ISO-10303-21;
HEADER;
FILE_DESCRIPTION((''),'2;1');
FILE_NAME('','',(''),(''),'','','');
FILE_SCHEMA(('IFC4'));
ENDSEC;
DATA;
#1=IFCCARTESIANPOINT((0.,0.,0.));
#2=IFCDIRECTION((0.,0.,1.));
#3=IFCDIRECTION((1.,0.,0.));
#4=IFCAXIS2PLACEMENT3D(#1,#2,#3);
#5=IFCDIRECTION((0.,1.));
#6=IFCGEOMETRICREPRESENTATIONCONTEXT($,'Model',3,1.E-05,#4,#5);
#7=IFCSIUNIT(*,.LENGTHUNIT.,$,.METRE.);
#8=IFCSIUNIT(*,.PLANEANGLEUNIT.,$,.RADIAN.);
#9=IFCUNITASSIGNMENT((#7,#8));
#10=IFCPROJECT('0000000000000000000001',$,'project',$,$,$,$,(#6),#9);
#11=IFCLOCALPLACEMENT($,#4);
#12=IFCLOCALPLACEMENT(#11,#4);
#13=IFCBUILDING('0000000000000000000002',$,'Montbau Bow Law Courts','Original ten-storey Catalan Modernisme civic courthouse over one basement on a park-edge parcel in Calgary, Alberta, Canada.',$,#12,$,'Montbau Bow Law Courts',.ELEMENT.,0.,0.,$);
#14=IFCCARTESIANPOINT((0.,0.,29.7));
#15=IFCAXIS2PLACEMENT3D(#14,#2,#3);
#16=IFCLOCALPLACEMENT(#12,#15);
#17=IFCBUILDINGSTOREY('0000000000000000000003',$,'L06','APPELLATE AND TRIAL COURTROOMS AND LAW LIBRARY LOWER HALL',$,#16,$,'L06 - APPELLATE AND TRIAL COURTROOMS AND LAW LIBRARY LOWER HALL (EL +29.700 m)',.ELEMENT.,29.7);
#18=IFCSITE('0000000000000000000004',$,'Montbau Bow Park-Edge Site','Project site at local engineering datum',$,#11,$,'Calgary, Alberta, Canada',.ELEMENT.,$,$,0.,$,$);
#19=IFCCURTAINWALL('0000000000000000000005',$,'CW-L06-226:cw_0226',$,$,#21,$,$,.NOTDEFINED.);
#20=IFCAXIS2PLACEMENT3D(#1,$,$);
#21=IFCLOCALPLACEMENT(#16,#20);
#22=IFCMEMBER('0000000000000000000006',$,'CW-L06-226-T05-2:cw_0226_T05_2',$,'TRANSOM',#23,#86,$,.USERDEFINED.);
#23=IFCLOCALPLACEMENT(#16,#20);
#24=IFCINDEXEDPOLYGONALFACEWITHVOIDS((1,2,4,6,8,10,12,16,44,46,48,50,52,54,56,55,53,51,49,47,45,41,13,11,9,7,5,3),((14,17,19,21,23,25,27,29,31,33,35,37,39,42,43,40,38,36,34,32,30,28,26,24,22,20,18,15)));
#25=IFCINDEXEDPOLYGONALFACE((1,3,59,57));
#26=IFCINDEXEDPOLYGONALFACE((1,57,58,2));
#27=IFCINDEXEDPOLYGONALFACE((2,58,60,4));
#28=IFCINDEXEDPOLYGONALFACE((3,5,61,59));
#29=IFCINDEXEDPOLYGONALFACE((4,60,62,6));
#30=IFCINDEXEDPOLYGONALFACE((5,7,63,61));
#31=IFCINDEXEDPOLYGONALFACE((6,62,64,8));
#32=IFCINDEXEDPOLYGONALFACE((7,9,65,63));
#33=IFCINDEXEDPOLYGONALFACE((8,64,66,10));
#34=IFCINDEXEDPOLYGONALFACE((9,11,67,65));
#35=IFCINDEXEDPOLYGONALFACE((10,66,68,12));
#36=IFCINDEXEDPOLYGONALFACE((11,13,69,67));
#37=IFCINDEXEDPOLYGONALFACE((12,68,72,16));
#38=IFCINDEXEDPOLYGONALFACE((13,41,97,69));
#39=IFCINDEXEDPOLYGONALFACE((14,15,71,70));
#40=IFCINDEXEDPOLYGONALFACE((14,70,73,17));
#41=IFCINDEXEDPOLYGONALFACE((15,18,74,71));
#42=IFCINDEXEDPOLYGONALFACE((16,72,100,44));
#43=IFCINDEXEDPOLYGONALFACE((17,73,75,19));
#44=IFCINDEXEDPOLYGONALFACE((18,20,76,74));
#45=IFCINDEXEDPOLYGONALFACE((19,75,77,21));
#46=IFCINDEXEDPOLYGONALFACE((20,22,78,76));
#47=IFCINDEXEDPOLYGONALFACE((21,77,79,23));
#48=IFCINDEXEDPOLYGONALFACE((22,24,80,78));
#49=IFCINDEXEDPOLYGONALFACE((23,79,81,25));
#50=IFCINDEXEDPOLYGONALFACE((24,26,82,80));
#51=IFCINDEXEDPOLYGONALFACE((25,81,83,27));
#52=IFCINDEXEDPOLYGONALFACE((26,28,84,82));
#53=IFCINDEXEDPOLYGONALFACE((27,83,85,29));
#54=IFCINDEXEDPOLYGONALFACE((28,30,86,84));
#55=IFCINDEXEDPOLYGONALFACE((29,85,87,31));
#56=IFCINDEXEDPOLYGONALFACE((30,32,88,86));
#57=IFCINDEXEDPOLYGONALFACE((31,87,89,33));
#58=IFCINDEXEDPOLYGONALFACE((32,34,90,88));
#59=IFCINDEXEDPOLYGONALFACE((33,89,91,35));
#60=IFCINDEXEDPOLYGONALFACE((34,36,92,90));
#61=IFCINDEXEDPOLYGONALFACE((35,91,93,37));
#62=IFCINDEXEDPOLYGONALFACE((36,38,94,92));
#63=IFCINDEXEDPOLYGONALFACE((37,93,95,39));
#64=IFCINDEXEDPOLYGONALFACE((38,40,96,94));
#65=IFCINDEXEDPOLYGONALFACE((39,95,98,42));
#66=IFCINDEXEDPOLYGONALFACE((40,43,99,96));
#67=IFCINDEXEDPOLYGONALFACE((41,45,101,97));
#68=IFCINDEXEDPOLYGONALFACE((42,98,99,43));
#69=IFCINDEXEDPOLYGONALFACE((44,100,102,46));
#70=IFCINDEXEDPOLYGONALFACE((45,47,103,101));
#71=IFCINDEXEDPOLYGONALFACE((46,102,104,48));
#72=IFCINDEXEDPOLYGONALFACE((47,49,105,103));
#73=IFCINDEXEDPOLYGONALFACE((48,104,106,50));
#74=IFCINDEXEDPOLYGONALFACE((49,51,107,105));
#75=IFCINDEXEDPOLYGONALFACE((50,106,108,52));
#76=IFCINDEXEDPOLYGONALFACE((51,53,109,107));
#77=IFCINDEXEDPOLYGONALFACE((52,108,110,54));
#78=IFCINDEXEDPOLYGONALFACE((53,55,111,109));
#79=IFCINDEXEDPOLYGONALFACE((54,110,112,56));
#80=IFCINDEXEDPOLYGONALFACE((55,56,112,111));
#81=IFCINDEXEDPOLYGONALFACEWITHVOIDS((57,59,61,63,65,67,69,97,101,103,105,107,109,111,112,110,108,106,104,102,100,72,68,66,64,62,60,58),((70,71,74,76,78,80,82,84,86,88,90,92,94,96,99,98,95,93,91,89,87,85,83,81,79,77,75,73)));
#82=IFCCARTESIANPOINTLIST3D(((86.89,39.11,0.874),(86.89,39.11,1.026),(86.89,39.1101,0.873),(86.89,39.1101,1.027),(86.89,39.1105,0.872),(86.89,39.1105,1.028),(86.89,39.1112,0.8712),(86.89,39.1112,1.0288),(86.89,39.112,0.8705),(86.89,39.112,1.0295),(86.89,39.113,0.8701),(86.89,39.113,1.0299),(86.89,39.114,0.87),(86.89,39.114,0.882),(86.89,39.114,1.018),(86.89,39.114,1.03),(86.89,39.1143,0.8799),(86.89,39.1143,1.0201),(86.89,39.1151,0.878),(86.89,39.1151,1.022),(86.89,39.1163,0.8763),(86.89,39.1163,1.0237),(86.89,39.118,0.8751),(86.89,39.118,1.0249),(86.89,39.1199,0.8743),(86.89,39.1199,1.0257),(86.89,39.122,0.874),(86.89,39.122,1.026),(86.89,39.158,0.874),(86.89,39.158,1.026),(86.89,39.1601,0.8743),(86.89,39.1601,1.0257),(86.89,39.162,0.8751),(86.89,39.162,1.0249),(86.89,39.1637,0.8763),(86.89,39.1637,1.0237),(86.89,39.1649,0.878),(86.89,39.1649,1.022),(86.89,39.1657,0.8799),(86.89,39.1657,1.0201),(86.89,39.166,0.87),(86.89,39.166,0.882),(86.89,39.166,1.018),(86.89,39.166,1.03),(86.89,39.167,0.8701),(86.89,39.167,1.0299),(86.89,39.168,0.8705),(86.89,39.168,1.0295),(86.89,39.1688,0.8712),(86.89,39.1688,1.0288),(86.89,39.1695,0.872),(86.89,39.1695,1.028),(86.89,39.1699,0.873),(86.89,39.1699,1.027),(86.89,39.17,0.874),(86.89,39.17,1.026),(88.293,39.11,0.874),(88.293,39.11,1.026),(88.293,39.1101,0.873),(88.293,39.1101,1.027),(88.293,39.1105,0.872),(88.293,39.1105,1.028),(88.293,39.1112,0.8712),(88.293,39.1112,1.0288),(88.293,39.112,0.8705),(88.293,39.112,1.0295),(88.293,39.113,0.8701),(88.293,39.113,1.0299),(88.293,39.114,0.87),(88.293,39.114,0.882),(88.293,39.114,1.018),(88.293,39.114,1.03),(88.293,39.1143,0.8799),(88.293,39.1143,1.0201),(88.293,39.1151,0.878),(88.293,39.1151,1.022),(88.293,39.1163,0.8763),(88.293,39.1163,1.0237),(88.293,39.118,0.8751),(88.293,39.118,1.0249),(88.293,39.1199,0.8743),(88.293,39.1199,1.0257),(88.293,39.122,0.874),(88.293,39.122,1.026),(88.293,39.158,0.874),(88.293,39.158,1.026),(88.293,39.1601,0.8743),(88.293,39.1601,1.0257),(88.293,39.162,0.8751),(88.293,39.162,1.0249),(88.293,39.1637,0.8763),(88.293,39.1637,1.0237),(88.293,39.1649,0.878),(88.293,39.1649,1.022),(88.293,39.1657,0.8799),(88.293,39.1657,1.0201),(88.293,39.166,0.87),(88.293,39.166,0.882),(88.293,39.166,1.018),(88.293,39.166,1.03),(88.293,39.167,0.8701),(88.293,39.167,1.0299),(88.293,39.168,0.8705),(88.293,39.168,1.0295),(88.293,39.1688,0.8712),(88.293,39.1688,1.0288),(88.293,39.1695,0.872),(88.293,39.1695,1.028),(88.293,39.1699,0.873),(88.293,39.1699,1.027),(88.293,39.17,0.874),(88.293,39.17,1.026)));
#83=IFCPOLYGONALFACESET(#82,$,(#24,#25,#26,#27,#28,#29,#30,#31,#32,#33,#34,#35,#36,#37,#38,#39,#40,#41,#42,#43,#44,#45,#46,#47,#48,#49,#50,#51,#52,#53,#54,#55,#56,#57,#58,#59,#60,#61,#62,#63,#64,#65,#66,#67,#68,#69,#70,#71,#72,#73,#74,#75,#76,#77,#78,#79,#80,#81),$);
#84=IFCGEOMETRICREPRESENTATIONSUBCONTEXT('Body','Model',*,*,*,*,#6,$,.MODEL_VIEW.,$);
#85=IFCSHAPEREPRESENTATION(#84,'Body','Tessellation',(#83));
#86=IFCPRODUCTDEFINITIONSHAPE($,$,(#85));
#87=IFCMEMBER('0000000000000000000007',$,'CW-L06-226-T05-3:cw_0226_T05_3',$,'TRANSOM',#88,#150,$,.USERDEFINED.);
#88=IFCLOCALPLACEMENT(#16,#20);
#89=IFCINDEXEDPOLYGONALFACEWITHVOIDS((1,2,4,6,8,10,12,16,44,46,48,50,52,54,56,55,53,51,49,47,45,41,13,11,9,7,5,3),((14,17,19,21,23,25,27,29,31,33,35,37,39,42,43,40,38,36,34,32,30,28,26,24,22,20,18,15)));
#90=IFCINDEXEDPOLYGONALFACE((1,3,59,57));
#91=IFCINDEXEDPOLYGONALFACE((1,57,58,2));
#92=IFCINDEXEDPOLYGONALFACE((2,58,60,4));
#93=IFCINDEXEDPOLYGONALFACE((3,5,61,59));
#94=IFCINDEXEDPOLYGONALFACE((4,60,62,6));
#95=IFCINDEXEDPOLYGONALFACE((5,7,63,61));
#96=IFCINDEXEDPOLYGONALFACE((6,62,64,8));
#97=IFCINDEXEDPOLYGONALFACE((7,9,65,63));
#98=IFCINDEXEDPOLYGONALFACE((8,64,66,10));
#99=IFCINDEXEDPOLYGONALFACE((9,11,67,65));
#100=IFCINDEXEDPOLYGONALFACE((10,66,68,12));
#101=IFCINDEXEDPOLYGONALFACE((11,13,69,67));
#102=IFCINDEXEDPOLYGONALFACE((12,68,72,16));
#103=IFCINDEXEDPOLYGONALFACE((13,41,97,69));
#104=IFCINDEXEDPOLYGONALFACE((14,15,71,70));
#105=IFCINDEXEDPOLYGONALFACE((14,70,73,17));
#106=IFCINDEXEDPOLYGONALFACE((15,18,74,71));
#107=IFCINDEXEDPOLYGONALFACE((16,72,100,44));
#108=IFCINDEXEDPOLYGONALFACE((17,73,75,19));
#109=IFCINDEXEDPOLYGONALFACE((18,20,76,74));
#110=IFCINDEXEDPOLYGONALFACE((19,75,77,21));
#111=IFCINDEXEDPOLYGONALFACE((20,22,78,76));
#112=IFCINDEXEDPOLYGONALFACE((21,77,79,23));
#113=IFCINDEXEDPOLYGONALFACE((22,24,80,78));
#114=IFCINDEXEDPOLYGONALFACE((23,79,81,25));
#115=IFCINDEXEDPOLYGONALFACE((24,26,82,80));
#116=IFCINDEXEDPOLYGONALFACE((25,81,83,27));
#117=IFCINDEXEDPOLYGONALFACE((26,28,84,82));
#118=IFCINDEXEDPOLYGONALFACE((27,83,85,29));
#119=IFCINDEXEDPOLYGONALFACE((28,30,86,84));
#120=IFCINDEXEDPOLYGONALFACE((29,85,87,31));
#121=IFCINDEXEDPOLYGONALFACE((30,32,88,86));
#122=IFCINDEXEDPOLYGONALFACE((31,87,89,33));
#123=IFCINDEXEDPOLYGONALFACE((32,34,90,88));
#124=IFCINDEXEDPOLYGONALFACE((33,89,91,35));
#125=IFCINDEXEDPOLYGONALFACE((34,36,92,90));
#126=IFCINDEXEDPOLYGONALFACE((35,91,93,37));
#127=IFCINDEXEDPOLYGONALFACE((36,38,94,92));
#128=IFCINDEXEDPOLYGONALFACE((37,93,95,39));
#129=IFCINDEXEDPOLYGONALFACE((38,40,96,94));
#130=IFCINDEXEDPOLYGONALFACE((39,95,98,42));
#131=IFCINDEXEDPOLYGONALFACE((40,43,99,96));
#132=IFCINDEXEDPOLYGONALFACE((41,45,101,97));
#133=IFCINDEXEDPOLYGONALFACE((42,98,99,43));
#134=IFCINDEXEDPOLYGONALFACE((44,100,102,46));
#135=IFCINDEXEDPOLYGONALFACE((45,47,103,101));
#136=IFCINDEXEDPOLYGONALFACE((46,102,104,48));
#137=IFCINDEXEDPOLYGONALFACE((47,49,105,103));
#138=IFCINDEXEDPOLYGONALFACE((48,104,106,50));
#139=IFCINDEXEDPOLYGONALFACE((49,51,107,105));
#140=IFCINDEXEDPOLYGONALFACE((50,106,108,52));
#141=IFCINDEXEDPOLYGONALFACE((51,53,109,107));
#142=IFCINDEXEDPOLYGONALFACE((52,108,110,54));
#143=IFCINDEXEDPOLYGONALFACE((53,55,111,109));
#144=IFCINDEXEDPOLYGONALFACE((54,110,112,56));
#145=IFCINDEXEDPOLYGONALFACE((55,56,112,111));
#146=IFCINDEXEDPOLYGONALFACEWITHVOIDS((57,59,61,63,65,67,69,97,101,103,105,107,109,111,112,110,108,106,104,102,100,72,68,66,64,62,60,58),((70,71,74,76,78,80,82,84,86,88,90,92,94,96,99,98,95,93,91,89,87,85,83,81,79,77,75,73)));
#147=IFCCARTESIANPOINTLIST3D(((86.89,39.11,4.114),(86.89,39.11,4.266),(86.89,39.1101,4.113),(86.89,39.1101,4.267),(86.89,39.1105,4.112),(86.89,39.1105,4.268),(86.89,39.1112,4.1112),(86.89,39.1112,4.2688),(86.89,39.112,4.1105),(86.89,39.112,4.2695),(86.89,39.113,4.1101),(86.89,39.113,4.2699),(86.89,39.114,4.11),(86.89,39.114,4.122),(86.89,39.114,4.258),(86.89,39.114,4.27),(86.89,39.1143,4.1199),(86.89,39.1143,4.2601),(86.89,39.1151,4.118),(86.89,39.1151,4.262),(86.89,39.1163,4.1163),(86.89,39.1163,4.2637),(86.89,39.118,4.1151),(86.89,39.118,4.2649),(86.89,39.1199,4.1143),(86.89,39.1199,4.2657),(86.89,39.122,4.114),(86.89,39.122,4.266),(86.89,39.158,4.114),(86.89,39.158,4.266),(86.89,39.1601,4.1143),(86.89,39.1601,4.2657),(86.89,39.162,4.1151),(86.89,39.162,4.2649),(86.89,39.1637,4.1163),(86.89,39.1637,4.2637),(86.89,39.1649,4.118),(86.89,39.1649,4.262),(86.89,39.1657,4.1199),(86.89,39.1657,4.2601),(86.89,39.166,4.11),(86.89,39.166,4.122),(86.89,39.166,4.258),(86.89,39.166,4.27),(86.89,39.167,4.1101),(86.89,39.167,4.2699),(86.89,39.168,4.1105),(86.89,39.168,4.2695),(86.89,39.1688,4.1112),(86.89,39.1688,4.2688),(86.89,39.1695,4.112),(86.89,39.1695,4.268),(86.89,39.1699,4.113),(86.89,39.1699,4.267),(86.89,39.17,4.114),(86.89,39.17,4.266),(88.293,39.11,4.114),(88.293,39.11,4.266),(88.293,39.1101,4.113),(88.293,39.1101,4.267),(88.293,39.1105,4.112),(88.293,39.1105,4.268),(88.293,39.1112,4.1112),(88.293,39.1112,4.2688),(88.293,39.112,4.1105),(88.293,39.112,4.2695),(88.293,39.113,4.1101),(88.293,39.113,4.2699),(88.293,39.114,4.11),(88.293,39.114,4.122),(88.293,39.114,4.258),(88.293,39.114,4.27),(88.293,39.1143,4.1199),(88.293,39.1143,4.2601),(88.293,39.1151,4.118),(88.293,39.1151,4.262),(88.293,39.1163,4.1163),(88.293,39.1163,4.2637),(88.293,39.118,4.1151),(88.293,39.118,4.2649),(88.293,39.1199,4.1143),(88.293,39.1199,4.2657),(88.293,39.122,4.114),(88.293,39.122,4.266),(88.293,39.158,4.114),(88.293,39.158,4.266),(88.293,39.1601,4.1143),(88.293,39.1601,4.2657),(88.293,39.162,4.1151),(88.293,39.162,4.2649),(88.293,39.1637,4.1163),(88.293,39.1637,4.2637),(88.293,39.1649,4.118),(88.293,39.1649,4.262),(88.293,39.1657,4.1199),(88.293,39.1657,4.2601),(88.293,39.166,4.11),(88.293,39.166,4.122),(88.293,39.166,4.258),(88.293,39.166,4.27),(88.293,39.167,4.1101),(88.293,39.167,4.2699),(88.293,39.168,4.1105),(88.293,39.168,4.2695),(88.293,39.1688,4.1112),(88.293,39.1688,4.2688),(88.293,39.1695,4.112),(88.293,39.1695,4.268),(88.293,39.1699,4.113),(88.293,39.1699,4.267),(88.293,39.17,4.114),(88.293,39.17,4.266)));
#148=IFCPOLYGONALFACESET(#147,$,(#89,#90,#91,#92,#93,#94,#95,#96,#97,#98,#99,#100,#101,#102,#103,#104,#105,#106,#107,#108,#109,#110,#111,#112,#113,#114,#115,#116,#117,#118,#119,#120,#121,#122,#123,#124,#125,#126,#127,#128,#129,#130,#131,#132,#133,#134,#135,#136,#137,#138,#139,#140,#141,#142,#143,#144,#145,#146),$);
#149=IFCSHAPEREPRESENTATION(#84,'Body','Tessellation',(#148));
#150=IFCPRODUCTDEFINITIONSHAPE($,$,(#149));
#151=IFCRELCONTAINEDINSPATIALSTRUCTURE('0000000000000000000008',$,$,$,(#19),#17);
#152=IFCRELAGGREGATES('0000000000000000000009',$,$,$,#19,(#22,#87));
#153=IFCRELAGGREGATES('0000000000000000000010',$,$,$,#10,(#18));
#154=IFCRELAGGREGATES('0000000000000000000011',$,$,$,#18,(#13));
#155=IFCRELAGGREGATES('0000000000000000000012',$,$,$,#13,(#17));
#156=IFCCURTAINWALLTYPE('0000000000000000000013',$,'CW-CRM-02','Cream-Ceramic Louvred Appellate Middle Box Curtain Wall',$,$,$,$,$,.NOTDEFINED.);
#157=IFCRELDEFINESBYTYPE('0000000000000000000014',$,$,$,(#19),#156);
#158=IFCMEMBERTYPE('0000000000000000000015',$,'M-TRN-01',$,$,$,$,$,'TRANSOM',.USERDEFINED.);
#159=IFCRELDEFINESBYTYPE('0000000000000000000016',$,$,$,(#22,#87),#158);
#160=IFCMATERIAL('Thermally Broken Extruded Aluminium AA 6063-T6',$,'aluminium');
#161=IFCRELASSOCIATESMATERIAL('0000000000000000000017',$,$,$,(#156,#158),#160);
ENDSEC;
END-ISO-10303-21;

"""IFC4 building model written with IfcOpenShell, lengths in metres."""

from ifc_helpers import new_model, si_unit, direction, frame, origin_with_axes, origin_2d_with_axis, place, context, subcontext, project, spatial, hollow_rectangle, extrude, material, material_profile, profile_set, type_object, element, aggregate, save


model = new_model("IFC4")

# Units and contexts
model_context = context("Model", 3, precision=1e-05, world=origin_with_axes(), true_north=direction((0.0, 1.0)))
body_context = subcontext(model_context, "Body", "Model", "MODEL_VIEW")
ifc_project = project(units=[si_unit("LENGTHUNIT", "METRE"), si_unit("PLANEANGLEUNIT", "RADIAN")], contexts=[model_context])

# Site, building, storey
site_placement = place(None, origin_with_axes())
site = spatial("IfcSite", under=ifc_project, at=site_placement, Name="Montbau Bow Park-Edge Site", Description="Project site at local engineering datum", LongName="Calgary, Alberta, Canada", CompositionType="ELEMENT", RefElevation=0.0)
building_placement = place(site_placement, origin_with_axes())
building = spatial("IfcBuilding", under=site, at=building_placement, Name="Montbau Bow Law Courts", Description="Original ten-storey Catalan Modernisme civic courthouse over one basement on a park-edge parcel in Calgary, Alberta, Canada.", LongName="Montbau Bow Law Courts", CompositionType="ELEMENT", ElevationOfRefHeight=0.0, ElevationOfTerrain=0.0)
storey_placement = place(building_placement, frame((0.0, 0.0, 29.7), z_axis=(0.0, 0.0, 1.0), x_axis=(1.0, 0.0, 0.0)))
storey = spatial("IfcBuildingStorey", under=building, at=storey_placement, Name="L06", Description="APPELLATE AND TRIAL COURTROOMS AND LAW LIBRARY LOWER HALL", LongName="L06 - APPELLATE AND TRIAL COURTROOMS AND LAW LIBRARY LOWER HALL (EL +29.700 m)", CompositionType="ELEMENT", Elevation=29.7)

# Curtain wall
ifc_material_1 = material(Name="Thermally Broken Extruded Aluminium AA 6063-T6", Category="aluminium")
curtain_wall_type = type_object("IfcCurtainWallType", Name="CW-CRM-02", Description="Cream-Ceramic Louvred Appellate Middle Box Curtain Wall", PredefinedType="NOTDEFINED", material=ifc_material_1)
curtain_wall_1_placement = place(None, frame((80.84, 39.14, 29.7), z_axis=(0.0, 0.0, 1.0), x_axis=(1.0, 0.0, 0.0)))
curtain_wall_1 = element("IfcCurtainWall", 1, at=curtain_wall_1_placement, inside=storey, type_object=curtain_wall_type, Name="CW-L06-226:cw_0226", PredefinedType="NOTDEFINED")

# Members
ifc_material_profile_1 = material_profile(ifc_material_1, hollow_rectangle(XDim=0.06, YDim=0.16, WallThickness=0.004, InnerFilletRadius=0.008, OuterFilletRadius=0.004, at=origin_2d_with_axis()), Name="CWT-160X60", Category="Main", Priority=0)
ifc_profile_set_1 = profile_set([ifc_material_profile_1], Name="Thermally Broken Extruded Aluminium AA 6063-T6")
member_type_1 = type_object("IfcMemberType", Name="M-TRN-01", ElementType="TRANSOM", PredefinedType="USERDEFINED", material=ifc_profile_set_1)
member_1_placement = place(None, frame((86.89, 39.14, 30.65), z_axis=(1.0, 0.0, 0.0), x_axis=(0.0, 1.0, 0.0)))
member_1 = element("IfcMember", 2, at=member_1_placement, type_object=member_type_1, Name="CW-L06-226-T05-2:cw_0226_T05_2", ObjectType="TRANSOM", PredefinedType="USERDEFINED", context=body_context, shape_type="SweptSolid", body=[
    extrude(hollow_rectangle(XDim=0.06, YDim=0.16, WallThickness=0.004, InnerFilletRadius=0.008, OuterFilletRadius=0.004, at=origin_2d_with_axis()), origin_with_axes(), (0.0, 0.0, 1.0), 1.403),
])
member_2_placement = place(None, frame((86.89, 39.14, 33.89), z_axis=(1.0, 0.0, 0.0), x_axis=(0.0, 1.0, 0.0)))
member_2 = element("IfcMember", 3, at=member_2_placement, type_object=member_type_1, Name="CW-L06-226-T05-3:cw_0226_T05_3", ObjectType="TRANSOM", PredefinedType="USERDEFINED", context=body_context, shape_type="SweptSolid", body=[
    extrude(hollow_rectangle(XDim=0.06, YDim=0.16, WallThickness=0.004, InnerFilletRadius=0.008, OuterFilletRadius=0.004, at=origin_2d_with_axis()), origin_with_axes(), (0.0, 0.0, 1.0), 1.403),
])
aggregate(curtain_wall_1, [member_1, member_2])

save(model, "model.ifc")
